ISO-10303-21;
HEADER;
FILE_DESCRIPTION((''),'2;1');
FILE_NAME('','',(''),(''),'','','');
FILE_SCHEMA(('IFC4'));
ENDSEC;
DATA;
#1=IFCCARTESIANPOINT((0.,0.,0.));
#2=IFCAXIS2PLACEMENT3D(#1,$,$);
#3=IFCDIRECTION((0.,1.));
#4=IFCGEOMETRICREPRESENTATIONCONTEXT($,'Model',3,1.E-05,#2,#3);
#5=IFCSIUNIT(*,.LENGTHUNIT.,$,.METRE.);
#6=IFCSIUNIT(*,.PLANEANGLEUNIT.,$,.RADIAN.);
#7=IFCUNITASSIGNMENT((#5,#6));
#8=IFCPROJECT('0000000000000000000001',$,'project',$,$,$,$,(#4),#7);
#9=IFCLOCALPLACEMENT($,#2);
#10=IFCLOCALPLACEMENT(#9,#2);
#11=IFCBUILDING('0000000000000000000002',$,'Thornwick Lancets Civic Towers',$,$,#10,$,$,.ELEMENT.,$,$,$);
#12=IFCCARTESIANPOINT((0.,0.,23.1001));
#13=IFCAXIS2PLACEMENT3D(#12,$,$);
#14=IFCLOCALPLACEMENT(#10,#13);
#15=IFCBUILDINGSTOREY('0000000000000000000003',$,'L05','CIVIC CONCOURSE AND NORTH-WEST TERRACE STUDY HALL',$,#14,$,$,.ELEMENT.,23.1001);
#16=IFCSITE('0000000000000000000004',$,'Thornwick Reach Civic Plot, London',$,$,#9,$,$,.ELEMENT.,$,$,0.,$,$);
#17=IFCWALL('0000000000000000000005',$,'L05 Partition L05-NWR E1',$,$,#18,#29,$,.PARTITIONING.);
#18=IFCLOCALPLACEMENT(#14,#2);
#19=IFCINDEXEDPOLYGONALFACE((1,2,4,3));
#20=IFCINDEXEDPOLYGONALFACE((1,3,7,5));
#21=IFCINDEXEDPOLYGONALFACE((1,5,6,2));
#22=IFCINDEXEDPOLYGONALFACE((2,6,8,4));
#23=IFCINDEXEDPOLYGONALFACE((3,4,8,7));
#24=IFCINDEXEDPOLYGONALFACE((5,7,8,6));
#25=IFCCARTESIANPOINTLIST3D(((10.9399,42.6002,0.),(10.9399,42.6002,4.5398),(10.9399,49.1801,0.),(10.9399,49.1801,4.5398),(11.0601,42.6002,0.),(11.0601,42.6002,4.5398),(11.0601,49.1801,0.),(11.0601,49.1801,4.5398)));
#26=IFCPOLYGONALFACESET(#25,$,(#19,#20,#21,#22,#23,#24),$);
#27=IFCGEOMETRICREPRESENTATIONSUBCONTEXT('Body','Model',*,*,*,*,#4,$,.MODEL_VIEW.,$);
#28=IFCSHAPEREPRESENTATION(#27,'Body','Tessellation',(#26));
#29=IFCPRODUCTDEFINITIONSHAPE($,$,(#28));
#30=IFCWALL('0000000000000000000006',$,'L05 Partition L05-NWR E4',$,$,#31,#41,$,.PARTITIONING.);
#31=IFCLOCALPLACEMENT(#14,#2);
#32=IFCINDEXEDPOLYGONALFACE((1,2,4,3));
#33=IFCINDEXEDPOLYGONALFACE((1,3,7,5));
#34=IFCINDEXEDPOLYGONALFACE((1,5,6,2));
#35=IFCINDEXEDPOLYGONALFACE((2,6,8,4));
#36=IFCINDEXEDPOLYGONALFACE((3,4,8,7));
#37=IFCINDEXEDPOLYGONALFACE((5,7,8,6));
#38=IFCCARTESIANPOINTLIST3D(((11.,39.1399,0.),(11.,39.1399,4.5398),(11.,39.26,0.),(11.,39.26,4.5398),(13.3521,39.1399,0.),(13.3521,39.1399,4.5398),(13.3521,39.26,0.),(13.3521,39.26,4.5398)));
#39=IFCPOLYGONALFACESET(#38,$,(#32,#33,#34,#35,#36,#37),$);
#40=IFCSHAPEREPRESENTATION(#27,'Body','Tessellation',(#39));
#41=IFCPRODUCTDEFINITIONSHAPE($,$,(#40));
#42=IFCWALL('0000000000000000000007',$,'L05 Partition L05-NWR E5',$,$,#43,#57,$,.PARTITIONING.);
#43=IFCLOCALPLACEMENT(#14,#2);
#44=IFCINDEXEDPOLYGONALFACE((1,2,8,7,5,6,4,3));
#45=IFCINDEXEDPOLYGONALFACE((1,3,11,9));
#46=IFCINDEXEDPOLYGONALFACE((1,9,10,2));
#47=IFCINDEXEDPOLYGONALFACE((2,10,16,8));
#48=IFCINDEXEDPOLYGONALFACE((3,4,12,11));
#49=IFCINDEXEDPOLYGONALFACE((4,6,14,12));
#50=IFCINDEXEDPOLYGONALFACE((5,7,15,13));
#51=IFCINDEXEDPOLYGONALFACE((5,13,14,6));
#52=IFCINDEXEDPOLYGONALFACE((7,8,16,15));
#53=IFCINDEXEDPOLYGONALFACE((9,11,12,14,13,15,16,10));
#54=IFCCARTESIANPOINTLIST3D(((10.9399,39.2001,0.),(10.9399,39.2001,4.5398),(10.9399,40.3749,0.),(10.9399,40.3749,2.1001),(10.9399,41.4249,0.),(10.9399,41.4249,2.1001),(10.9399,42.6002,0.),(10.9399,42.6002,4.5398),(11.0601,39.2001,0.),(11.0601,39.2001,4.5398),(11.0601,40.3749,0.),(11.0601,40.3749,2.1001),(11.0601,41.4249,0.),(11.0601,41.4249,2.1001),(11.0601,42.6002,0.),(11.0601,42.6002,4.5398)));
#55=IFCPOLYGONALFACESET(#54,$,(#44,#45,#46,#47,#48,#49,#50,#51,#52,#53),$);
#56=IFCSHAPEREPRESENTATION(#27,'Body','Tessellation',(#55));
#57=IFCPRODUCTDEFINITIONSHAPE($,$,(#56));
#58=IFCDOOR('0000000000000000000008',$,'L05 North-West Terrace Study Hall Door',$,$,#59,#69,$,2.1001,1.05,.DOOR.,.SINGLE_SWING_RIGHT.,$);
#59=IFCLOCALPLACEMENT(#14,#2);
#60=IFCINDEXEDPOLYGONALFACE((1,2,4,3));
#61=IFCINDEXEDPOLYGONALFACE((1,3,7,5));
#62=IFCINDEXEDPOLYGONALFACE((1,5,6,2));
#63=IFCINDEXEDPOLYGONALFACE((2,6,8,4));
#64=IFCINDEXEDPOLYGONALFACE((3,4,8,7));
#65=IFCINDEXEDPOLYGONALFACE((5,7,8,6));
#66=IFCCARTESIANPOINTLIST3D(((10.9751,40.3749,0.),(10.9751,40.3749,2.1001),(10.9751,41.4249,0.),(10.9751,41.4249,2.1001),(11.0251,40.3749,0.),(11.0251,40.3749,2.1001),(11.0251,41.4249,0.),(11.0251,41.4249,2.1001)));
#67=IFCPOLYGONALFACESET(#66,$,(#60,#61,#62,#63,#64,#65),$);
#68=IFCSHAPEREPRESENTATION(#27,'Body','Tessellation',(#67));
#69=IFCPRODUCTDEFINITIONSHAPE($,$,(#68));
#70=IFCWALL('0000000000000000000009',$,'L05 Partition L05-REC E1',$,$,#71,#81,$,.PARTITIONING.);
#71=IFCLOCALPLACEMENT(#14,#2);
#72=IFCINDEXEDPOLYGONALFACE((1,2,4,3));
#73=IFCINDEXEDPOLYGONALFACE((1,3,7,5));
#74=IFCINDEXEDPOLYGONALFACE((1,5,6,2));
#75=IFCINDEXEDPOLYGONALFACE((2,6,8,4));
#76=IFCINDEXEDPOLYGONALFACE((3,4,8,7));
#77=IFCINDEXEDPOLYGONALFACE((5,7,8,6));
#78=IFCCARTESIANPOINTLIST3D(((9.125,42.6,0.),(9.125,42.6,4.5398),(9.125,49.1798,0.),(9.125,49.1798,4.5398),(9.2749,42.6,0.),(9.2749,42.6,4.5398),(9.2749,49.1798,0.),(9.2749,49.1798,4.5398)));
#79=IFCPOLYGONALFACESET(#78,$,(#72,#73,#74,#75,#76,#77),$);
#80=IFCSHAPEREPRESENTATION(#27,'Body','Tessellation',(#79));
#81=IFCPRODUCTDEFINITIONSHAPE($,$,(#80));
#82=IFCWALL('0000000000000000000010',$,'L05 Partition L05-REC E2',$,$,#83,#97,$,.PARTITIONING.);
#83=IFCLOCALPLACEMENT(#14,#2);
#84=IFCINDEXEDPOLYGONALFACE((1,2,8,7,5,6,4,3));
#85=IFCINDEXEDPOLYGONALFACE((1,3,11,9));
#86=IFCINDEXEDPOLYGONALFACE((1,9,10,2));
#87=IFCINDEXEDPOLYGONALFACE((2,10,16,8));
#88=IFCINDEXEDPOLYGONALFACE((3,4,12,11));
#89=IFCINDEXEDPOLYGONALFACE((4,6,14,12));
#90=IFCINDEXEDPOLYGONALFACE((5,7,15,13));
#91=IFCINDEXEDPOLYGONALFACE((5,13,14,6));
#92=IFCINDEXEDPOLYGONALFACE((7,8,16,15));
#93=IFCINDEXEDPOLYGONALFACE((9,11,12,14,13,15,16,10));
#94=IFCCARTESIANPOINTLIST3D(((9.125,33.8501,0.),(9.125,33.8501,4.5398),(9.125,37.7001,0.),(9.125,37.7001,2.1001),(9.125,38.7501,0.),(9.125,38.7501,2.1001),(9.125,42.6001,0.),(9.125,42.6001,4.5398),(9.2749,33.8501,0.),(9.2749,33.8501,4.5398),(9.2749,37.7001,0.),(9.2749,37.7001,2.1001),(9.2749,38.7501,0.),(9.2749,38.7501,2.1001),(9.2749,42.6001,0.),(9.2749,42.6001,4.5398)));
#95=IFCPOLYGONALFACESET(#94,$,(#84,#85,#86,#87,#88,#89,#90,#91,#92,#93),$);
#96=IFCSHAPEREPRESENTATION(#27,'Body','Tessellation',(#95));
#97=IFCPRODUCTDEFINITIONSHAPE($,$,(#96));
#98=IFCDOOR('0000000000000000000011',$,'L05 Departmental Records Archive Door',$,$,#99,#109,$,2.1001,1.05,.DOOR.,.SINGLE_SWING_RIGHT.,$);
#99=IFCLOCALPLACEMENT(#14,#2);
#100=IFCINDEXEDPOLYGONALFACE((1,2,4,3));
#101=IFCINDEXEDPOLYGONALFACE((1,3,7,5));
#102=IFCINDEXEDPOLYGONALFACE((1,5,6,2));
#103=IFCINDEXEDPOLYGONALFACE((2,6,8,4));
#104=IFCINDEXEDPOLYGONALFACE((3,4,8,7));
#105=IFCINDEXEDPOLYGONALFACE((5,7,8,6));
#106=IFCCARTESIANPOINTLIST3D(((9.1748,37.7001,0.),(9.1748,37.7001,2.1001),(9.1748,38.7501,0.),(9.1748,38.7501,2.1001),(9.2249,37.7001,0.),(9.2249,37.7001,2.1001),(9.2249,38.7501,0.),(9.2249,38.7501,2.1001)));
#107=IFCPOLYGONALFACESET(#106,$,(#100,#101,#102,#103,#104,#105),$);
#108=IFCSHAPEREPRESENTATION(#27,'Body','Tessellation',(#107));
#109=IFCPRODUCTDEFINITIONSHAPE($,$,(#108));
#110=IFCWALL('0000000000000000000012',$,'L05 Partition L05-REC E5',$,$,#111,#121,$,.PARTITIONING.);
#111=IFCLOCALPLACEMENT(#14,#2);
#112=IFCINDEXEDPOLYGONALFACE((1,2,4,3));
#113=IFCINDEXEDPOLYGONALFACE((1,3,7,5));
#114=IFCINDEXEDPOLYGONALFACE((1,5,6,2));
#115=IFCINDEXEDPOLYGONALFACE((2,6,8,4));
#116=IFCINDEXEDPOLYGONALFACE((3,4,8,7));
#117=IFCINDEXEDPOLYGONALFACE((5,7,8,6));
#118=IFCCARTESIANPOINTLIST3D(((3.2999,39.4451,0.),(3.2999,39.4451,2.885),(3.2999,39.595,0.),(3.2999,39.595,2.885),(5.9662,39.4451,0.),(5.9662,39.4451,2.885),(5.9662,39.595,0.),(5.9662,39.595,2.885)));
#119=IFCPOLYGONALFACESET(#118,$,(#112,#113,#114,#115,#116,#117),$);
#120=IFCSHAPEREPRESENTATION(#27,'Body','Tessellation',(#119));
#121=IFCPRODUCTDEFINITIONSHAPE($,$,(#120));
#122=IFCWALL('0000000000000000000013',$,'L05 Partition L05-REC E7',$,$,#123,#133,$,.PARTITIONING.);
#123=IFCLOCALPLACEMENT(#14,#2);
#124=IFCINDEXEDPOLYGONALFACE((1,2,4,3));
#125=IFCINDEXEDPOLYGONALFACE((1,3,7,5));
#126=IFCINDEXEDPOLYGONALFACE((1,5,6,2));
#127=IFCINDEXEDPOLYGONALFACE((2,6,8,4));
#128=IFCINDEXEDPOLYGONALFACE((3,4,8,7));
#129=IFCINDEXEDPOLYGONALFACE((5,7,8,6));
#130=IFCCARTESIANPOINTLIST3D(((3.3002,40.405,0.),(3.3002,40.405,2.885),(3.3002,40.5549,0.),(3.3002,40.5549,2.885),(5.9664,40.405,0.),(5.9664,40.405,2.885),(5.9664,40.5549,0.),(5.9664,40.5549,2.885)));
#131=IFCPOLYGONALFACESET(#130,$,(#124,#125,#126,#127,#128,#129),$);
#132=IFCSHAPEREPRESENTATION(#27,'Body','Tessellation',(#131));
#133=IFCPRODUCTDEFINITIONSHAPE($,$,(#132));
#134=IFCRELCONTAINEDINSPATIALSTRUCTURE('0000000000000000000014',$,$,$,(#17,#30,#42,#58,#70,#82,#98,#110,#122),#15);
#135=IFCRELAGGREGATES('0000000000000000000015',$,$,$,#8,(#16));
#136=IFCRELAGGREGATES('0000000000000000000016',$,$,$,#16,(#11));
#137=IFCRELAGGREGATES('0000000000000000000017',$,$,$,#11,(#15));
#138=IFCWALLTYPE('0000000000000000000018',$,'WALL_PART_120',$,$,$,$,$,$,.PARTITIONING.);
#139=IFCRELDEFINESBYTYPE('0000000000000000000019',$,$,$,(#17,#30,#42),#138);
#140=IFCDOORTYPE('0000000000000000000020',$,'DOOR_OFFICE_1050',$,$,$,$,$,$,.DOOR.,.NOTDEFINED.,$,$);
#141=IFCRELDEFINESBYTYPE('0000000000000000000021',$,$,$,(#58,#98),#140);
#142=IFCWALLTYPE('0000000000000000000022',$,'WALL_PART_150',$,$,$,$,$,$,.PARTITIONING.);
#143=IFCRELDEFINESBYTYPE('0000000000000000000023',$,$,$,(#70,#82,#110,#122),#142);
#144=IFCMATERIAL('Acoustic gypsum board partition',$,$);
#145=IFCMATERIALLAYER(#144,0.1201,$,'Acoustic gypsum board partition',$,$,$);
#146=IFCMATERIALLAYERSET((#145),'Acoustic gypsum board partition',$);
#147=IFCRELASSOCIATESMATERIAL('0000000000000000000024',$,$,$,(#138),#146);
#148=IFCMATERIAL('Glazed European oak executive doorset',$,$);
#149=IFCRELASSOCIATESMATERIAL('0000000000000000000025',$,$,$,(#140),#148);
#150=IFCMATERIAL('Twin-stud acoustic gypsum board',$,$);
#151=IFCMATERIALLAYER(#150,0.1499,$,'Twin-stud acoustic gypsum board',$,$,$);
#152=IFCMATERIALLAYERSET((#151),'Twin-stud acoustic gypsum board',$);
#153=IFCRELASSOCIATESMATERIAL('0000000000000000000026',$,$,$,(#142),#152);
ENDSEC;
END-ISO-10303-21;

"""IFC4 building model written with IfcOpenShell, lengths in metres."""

from ifc_helpers import new_model, si_unit, direction, frame, frame_2d, origin, place, context, subcontext, project, spatial, rectangle, extrude, material, layer, layer_set, type_object, element, fill, save


model = new_model("IFC4")

# Units and contexts
model_context = context("Model", 3, precision=1e-05, world=origin(), true_north=direction((0.0, 1.0)))
body_context = subcontext(model_context, "Body", "Model", "MODEL_VIEW")
ifc_project = project(units=[si_unit("LENGTHUNIT", "METRE"), si_unit("PLANEANGLEUNIT", "RADIAN")], contexts=[model_context])

# Site, building, storey
site_placement = place(None, origin())
site = spatial("IfcSite", under=ifc_project, at=site_placement, Name="Thornwick Reach Civic Plot, London", CompositionType="ELEMENT", RefElevation=0.0)
building_placement = place(site_placement, origin())
building = spatial("IfcBuilding", under=site, at=building_placement, Name="Thornwick Lancets Civic Towers", CompositionType="ELEMENT")
storey_placement = place(building_placement, frame((0.0, 0.0, 23.1001)))
storey = spatial("IfcBuildingStorey", under=building, at=storey_placement, Name="L05", Description="CIVIC CONCOURSE AND NORTH-WEST TERRACE STUDY HALL", CompositionType="ELEMENT", Elevation=23.1001)

# Walls
ifc_material_1 = material(Name="Acoustic gypsum board partition")
ifc_layer_1 = layer(ifc_material_1, 0.1201, Name="Acoustic gypsum board partition")
ifc_layer_set_1 = layer_set([ifc_layer_1], Name="Acoustic gypsum board partition")
wall_type_1 = type_object("IfcWallType", Name="WALL_PART_120", PredefinedType="PARTITIONING", material=ifc_layer_set_1)
wall_1_placement = place(storey_placement, frame((11.0, 42.6001, 0.0), z_axis=(0.0, 0.0, 1.0), x_axis=(0.0, 1.0, 0.0)))
element("IfcWall", 1, at=wall_1_placement, inside=storey, type_object=wall_type_1, Name="L05 Partition L05-NWR E1", PredefinedType="PARTITIONING", context=body_context, shape_type="SweptSolid", body=[
    extrude(rectangle(XDim=6.5798, YDim=0.1201, at=frame_2d((3.29, 0.0))), origin(), (0.0, 0.0, 1.0), 4.5398),
])
wall_2_placement = place(storey_placement, frame((13.3521, 39.2, 0.0), z_axis=(0.0, 0.0, 1.0), x_axis=(-1.0, 0.0, 0.0)))
element("IfcWall", 2, at=wall_2_placement, inside=storey, type_object=wall_type_1, Name="L05 Partition L05-NWR E4", PredefinedType="PARTITIONING", context=body_context, shape_type="SweptSolid", body=[
    extrude(rectangle(XDim=2.3521, YDim=0.1201, at=frame_2d((1.176, 0.0))), origin(), (0.0, 0.0, 1.0), 4.5398),
])

# Wall, opening, door
wall_3_placement = place(storey_placement, frame((11.0, 39.2, 0.0), z_axis=(0.0, 0.0, 1.0), x_axis=(0.0, 1.0, 0.0)))
wall_3 = element("IfcWall", 3, at=wall_3_placement, inside=storey, type_object=wall_type_1, Name="L05 Partition L05-NWR E5", PredefinedType="PARTITIONING", context=body_context, shape_type="SweptSolid", body=[
    extrude(rectangle(XDim=3.4001, YDim=0.1201, at=frame_2d((1.7002, 0.0))), origin(), (0.0, 0.0, 1.0), 4.5398),
])
opening_1_placement = place(wall_3_placement, frame((1.175, 0.0, 0.0)))
opening_1 = element("IfcOpeningElement", 4, at=opening_1_placement, cuts=wall_3, PredefinedType="OPENING", context=body_context, shape_type="SweptSolid", body=[
    extrude(rectangle(XDim=1.05, YDim=2.1001, at=frame_2d((0.5249, 1.05))), frame((0.0, 0.0701, 0.0), z_axis=(0.0, -1.0, 0.0), x_axis=(1.0, 0.0, 0.0)), (0.0, 0.0, 1.0), 0.1401),
])
ifc_material_2 = material(Name="Glazed European oak executive doorset")
door_type = type_object("IfcDoorType", Name="DOOR_OFFICE_1050", OperationType="NOTDEFINED", PredefinedType="DOOR", material=ifc_material_2)
door_1_placement = place(opening_1_placement, origin())
door_1 = element("IfcDoor", 5, at=door_1_placement, inside=storey, type_object=door_type, Name="L05 North-West Terrace Study Hall Door", OperationType="SINGLE_SWING_RIGHT", OverallHeight=2.1001, OverallWidth=1.05, PredefinedType="DOOR", context=body_context, shape_type="SweptSolid", body=[
    extrude(rectangle(XDim=1.05, YDim=2.1001, at=frame_2d((0.5249, 1.05))), frame((0.0, 0.0249, 0.0), z_axis=(0.0, -1.0, 0.0), x_axis=(1.0, 0.0, 0.0)), (0.0, 0.0, 1.0), 0.05),
])
fill(opening_1, door_1)

# Wall
ifc_material_3 = material(Name="Twin-stud acoustic gypsum board")
ifc_layer_2 = layer(ifc_material_3, 0.1499, Name="Twin-stud acoustic gypsum board")
ifc_layer_set_2 = layer_set([ifc_layer_2], Name="Twin-stud acoustic gypsum board")
wall_type_2 = type_object("IfcWallType", Name="WALL_PART_150", PredefinedType="PARTITIONING", material=ifc_layer_set_2)
wall_4_placement = place(storey_placement, frame((9.2, 49.1799, 0.0), z_axis=(0.0, 0.0, 1.0), x_axis=(0.0, -1.0, 0.0)))
element("IfcWall", 6, at=wall_4_placement, inside=storey, type_object=wall_type_2, Name="L05 Partition L05-REC E1", PredefinedType="PARTITIONING", context=body_context, shape_type="SweptSolid", body=[
    extrude(rectangle(XDim=6.5798, YDim=0.1499, at=frame_2d((3.29, 0.0))), origin(), (0.0, 0.0, 1.0), 4.5398),
])

# Wall, opening, door
wall_5_placement = place(storey_placement, frame((9.2, 42.6001, 0.0), z_axis=(0.0, 0.0, 1.0), x_axis=(0.0, -1.0, 0.0)))
wall_5 = element("IfcWall", 7, at=wall_5_placement, inside=storey, type_object=wall_type_2, Name="L05 Partition L05-REC E2", PredefinedType="PARTITIONING", context=body_context, shape_type="SweptSolid", body=[
    extrude(rectangle(XDim=8.75, YDim=0.1499, at=frame_2d((4.375, 0.0))), origin(), (0.0, 0.0, 1.0), 4.5398),
])
opening_2_placement = place(wall_5_placement, frame((3.8501, 0.0, 0.0)))
opening_2 = element("IfcOpeningElement", 8, at=opening_2_placement, cuts=wall_5, PredefinedType="OPENING", context=body_context, shape_type="SweptSolid", body=[
    extrude(rectangle(XDim=1.05, YDim=2.1001, at=frame_2d((0.5249, 1.05))), frame((0.0, 0.085, 0.0), z_axis=(0.0, -1.0, 0.0), x_axis=(1.0, 0.0, 0.0)), (0.0, 0.0, 1.0), 0.1699),
])
door_2_placement = place(opening_2_placement, origin())
door_2 = element("IfcDoor", 9, at=door_2_placement, inside=storey, type_object=door_type, Name="L05 Departmental Records Archive Door", OperationType="SINGLE_SWING_RIGHT", OverallHeight=2.1001, OverallWidth=1.05, PredefinedType="DOOR", context=body_context, shape_type="SweptSolid", body=[
    extrude(rectangle(XDim=1.05, YDim=2.1001, at=frame_2d((0.5249, 1.05))), frame((0.0, 0.0249, 0.0), z_axis=(0.0, -1.0, 0.0), x_axis=(1.0, 0.0, 0.0)), (0.0, 0.0, 1.0), 0.05),
])
fill(opening_2, door_2)

# Walls
for number, where, z_axis, x_axis, name in (
    (10, (3.3, 39.52, 0.0), (0.0, 0.0, 1.0), (1.0, 0.0, 0.0), "L05 Partition L05-REC E5"),
    (11, (5.9663, 40.48, 0.0), (0.0, 0.0, 1.0), (-1.0, 0.0, 0.0), "L05 Partition L05-REC E7"),
):
    element("IfcWall", number, at=place(storey_placement, frame(where, z_axis=z_axis, x_axis=x_axis)), inside=storey, type_object=wall_type_2, Name=name, PredefinedType="PARTITIONING", context=body_context, shape_type="SweptSolid", body=[
        extrude(rectangle(XDim=2.6663, YDim=0.1499, at=frame_2d((1.333, 0.0))), origin(), (0.0, 0.0, 1.0), 2.885),
    ])

save(model, "model.ifc")
